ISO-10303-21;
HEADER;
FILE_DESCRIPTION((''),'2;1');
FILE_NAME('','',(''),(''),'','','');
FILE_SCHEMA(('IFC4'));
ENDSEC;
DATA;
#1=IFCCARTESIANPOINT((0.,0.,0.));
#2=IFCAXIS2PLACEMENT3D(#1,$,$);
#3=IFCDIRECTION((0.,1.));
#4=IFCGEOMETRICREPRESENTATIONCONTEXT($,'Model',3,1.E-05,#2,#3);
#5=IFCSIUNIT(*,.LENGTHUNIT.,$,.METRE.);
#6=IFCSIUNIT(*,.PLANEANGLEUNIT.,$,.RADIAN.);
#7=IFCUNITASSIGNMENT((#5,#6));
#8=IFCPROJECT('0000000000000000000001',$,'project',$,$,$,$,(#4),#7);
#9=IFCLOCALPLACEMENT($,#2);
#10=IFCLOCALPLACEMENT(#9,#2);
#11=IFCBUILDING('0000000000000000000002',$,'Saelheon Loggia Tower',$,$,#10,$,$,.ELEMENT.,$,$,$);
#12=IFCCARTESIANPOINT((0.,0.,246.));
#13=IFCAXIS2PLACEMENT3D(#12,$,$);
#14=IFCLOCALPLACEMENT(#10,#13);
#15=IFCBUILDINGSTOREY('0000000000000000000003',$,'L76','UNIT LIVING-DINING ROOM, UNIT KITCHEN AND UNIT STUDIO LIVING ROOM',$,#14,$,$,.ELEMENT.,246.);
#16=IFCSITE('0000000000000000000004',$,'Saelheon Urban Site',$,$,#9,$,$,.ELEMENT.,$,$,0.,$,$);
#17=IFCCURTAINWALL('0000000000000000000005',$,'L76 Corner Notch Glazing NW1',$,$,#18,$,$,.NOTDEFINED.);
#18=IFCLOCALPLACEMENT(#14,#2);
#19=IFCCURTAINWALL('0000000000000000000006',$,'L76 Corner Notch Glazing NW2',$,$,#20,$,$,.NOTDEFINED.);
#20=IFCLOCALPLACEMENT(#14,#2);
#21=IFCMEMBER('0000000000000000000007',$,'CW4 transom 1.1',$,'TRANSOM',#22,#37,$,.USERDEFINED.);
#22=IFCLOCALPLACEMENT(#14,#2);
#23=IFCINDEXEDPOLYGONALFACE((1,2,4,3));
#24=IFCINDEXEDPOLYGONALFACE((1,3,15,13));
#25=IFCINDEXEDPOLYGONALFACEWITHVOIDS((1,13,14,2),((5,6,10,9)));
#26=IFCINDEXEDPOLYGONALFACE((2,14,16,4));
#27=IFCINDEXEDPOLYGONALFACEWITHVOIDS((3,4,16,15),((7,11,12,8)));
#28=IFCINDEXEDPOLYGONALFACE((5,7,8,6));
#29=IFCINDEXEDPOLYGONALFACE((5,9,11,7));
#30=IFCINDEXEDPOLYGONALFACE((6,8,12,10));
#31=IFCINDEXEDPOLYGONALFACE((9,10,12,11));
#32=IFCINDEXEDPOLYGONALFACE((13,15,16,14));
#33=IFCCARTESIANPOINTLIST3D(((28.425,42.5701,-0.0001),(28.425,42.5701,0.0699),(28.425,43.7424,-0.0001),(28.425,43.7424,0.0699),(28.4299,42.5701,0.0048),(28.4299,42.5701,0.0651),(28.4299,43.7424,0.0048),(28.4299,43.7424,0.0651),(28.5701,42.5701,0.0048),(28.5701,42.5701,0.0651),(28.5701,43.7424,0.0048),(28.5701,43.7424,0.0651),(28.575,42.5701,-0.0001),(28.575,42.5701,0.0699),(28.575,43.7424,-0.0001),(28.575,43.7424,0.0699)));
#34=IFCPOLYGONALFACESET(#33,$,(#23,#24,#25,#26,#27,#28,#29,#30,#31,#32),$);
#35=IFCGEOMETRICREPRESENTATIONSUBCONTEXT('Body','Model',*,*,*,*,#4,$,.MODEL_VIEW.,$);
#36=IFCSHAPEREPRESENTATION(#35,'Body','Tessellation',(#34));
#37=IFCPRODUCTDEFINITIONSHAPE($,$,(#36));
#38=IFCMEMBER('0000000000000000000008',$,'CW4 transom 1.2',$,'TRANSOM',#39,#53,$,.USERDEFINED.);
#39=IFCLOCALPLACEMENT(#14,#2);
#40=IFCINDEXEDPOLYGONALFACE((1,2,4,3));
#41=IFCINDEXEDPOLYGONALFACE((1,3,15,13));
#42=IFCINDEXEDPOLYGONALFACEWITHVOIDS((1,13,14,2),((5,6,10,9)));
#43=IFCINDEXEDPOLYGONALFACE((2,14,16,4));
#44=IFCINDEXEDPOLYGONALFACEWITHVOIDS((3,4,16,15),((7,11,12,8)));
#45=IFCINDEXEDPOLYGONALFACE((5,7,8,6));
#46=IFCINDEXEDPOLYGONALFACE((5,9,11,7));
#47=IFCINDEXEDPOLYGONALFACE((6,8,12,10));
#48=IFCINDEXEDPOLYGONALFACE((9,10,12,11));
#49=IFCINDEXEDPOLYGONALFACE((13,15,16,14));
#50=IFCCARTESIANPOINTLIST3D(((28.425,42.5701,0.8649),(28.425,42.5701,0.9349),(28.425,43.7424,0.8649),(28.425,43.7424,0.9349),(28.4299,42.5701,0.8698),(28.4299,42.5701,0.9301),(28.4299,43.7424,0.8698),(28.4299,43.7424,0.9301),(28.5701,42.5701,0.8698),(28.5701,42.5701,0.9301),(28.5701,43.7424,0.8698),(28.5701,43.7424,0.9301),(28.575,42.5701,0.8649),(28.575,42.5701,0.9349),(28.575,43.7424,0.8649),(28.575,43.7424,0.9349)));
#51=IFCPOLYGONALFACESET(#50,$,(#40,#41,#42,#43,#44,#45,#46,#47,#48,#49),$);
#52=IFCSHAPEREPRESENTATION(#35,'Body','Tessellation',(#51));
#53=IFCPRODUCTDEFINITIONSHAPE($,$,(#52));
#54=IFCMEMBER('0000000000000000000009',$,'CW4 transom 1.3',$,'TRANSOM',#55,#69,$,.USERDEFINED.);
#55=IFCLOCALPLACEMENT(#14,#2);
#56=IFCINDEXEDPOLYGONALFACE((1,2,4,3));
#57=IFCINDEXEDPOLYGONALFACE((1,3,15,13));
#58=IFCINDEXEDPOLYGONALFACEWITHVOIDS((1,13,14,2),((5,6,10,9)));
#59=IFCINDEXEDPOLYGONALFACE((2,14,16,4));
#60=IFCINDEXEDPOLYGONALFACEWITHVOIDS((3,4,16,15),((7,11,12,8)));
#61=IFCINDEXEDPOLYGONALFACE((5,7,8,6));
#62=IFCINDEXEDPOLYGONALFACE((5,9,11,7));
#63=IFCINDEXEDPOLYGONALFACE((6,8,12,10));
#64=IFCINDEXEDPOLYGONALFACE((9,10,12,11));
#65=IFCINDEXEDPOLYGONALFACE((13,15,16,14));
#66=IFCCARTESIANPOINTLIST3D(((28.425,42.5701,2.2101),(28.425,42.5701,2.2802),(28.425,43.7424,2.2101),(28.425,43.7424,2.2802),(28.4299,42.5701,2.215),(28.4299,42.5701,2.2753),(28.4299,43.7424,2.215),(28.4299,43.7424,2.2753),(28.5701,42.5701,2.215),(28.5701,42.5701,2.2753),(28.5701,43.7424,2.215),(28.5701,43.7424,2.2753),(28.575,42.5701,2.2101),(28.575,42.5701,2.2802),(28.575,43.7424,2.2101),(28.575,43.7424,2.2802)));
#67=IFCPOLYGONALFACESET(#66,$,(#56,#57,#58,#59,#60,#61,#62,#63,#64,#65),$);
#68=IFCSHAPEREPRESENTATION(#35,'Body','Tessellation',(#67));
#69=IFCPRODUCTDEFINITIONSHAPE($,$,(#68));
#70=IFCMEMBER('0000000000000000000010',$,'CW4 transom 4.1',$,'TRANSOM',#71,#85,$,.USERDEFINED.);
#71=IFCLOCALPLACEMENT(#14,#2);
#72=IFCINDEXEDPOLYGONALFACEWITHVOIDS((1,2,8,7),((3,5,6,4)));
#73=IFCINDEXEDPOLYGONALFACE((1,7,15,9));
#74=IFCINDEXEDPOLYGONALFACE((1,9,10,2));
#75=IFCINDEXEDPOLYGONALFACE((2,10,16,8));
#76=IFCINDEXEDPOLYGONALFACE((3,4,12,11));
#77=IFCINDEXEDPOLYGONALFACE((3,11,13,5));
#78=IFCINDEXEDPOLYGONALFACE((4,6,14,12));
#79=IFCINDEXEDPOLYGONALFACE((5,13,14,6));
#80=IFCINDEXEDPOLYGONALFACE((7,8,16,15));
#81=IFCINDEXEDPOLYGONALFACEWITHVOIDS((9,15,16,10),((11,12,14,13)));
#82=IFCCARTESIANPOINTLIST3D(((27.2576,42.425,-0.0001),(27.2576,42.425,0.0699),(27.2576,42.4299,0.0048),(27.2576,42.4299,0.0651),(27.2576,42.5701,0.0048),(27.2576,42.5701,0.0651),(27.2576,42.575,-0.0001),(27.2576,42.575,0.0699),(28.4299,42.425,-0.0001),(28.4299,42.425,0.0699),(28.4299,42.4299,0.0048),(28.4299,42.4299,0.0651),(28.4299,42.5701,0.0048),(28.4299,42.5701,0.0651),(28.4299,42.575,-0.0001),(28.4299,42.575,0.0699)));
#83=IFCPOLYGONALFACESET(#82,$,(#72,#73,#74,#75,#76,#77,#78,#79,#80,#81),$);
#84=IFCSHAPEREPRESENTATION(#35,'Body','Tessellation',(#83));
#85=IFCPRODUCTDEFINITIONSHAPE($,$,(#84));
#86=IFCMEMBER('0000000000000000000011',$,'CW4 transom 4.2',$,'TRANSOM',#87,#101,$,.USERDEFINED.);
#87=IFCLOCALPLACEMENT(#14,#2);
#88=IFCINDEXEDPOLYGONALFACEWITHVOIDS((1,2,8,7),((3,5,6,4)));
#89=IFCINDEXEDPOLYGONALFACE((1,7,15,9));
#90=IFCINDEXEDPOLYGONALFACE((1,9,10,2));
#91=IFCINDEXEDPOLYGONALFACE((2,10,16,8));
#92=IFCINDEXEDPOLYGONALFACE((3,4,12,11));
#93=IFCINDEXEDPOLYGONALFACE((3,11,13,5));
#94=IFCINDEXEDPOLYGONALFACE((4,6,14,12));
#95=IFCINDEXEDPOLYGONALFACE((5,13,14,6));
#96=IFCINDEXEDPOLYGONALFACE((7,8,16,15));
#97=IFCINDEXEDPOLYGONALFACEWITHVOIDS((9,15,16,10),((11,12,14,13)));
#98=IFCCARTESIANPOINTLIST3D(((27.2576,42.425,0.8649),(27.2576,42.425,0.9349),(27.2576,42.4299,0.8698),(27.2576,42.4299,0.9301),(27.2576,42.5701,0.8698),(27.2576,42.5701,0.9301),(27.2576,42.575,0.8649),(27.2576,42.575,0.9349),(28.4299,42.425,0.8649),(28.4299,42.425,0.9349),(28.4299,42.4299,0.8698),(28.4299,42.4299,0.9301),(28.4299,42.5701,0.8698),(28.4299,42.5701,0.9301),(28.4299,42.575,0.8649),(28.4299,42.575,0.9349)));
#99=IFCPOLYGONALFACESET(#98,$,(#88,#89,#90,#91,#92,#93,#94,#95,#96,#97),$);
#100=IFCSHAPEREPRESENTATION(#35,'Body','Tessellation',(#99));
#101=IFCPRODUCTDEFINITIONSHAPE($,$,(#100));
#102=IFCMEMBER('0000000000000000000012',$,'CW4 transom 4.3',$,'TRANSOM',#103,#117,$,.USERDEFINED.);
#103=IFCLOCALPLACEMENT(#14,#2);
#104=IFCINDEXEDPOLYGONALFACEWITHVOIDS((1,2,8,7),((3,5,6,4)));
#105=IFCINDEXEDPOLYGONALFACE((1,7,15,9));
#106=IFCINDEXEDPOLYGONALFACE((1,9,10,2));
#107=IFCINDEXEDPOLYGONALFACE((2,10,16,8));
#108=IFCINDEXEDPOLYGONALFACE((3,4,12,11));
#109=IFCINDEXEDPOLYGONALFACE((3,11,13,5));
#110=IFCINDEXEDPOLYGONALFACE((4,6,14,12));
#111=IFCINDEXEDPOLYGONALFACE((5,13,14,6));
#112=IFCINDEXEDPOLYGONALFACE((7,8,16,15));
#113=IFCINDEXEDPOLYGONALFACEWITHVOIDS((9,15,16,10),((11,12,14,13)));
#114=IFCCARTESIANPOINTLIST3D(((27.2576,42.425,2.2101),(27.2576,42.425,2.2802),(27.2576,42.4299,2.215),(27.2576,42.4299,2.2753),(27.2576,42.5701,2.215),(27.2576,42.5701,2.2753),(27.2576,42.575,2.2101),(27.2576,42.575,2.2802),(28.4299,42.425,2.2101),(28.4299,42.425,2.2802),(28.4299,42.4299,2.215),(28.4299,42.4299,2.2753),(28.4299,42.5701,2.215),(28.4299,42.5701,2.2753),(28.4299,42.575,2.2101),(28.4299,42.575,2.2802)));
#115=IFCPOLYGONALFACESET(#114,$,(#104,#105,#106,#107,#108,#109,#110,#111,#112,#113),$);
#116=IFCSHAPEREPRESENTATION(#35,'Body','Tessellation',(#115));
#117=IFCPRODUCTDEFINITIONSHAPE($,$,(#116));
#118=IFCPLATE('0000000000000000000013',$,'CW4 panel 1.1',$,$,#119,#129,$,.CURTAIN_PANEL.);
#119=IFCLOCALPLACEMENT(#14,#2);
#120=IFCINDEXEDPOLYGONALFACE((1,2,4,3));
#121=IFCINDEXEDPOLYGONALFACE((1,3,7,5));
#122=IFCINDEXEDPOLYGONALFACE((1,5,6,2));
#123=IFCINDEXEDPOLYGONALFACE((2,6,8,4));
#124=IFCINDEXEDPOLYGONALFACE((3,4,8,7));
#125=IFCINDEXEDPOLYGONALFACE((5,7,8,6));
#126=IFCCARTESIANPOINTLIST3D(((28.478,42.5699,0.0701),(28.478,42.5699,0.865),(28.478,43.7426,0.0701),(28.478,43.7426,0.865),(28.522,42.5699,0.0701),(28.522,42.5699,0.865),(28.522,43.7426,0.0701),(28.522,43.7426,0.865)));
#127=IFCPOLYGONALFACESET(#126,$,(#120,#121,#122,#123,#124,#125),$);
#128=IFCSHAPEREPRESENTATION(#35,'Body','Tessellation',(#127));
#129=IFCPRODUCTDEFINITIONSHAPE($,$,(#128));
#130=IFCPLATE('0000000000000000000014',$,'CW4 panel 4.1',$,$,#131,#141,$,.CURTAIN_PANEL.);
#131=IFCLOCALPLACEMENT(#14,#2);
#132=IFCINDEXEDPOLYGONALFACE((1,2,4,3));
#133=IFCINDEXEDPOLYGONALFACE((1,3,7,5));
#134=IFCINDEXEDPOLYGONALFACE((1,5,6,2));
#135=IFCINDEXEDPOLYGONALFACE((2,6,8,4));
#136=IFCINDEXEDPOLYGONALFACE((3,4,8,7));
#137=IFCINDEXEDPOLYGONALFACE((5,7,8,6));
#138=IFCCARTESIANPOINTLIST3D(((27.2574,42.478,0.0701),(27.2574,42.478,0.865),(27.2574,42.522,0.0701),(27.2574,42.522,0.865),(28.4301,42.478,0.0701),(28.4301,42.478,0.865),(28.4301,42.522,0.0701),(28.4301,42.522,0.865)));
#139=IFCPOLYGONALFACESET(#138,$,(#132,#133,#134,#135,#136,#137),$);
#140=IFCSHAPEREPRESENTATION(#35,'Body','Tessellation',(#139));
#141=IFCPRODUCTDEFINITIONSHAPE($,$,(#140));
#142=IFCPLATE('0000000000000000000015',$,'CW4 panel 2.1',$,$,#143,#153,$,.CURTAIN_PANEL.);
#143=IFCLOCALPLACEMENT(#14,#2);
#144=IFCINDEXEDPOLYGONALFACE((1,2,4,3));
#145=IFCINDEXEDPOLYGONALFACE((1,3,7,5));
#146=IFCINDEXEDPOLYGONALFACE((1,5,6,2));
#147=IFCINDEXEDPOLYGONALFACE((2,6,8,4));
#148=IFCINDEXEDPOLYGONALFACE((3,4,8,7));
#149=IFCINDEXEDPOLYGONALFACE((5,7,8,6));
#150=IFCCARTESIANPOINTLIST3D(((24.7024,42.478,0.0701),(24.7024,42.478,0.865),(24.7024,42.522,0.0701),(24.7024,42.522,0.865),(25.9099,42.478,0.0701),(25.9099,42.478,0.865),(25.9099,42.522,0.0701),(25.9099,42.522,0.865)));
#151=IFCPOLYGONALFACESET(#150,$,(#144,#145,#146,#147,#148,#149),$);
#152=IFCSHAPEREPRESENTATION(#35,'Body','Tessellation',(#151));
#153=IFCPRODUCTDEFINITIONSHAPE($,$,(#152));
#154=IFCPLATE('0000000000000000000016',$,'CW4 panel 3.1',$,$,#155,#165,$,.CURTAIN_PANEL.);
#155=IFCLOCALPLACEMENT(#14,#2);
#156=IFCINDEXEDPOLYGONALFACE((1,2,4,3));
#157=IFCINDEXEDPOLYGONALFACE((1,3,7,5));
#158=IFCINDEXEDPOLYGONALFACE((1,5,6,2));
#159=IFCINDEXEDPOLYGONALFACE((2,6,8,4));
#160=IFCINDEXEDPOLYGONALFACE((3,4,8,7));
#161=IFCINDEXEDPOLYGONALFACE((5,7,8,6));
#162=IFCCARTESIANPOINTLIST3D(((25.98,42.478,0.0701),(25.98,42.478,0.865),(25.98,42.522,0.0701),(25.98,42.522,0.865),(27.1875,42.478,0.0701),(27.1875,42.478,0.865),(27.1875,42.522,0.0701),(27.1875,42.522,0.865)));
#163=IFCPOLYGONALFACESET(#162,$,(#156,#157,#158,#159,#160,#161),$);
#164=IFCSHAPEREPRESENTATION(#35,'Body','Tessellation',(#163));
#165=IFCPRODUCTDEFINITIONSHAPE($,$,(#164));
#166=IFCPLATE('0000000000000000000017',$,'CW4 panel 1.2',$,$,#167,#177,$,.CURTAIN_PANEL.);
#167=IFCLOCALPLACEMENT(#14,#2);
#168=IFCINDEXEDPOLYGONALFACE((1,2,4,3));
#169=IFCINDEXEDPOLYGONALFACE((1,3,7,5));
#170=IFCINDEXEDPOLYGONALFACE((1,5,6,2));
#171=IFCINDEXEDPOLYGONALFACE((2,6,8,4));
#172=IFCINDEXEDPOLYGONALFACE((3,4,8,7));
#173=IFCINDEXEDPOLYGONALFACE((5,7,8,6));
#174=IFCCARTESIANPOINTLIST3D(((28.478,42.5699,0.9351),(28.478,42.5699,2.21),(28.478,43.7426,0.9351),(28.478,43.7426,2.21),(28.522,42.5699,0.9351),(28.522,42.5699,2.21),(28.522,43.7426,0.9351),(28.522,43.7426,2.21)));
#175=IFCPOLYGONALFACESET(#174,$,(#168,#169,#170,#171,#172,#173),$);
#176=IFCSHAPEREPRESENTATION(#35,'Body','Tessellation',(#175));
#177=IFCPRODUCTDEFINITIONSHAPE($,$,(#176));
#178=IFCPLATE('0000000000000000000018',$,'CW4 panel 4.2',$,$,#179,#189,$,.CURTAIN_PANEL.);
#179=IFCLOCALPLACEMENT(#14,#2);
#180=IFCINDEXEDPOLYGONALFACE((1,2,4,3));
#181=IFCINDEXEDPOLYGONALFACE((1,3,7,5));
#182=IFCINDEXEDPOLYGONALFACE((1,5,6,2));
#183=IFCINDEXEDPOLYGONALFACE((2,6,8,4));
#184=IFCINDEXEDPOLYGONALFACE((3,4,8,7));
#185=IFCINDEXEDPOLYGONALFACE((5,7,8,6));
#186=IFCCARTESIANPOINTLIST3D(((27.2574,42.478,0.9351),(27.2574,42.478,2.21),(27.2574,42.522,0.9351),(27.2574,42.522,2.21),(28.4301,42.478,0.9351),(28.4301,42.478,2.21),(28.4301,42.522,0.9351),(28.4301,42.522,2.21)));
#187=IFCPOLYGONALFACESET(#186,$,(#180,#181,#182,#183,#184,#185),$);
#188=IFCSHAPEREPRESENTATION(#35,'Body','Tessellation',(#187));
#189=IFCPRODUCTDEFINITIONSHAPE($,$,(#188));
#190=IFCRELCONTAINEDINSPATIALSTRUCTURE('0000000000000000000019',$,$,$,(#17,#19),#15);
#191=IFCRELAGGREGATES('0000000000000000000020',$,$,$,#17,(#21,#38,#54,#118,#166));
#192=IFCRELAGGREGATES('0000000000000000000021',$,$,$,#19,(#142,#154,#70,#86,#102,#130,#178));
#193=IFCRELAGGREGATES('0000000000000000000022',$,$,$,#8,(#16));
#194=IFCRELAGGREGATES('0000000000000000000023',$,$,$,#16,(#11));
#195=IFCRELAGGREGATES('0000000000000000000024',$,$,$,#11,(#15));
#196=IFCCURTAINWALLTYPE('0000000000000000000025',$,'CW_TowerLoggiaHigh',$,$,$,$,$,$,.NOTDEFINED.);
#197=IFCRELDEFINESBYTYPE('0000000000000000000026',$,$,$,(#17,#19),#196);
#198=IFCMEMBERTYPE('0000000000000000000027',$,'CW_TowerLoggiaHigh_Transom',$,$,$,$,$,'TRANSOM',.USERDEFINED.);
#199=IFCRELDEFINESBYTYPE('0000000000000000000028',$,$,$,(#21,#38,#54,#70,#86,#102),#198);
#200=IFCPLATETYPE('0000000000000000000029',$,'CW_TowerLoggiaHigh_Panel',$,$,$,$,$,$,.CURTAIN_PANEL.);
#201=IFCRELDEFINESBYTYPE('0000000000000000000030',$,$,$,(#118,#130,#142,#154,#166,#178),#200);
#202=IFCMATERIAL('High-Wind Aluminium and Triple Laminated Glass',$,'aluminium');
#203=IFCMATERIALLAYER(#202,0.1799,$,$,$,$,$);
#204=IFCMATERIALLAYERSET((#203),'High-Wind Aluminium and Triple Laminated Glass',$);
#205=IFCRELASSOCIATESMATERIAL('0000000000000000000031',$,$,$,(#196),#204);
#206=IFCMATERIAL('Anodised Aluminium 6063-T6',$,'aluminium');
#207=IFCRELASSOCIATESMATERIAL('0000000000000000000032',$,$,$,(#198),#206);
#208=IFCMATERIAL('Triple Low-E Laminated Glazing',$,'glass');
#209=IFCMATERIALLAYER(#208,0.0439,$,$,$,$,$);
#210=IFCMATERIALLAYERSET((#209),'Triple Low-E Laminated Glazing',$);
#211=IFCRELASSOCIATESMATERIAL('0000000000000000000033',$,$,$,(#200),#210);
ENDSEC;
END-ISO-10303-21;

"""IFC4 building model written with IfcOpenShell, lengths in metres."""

from ifc_helpers import new_model, si_unit, direction, frame, origin, origin_2d, place, context, subcontext, project, spatial, rectangle, hollow_rectangle, extrude, source, transform, mapped, material, layer, layer_set, material_profile, profile_set, type_object, element, aggregate, save


model = new_model("IFC4")

# Units and contexts
model_context = context("Model", 3, precision=1e-05, world=origin(), true_north=direction((0.0, 1.0)))
body_context = subcontext(model_context, "Body", "Model", "MODEL_VIEW")
ifc_project = project(units=[si_unit("LENGTHUNIT", "METRE"), si_unit("PLANEANGLEUNIT", "RADIAN")], contexts=[model_context])

# Site, building, storey
site_placement = place(None, origin())
site = spatial("IfcSite", under=ifc_project, at=site_placement, Name="Saelheon Urban Site", CompositionType="ELEMENT", RefElevation=0.0)
building_placement = place(site_placement, origin())
building = spatial("IfcBuilding", under=site, at=building_placement, Name="Saelheon Loggia Tower", CompositionType="ELEMENT")
storey_placement = place(building_placement, frame((0.0, 0.0, 246.0)))
storey = spatial("IfcBuildingStorey", under=building, at=storey_placement, Name="L76", Description="UNIT LIVING-DINING ROOM, UNIT KITCHEN AND UNIT STUDIO LIVING ROOM", CompositionType="ELEMENT", Elevation=246.0)

# Curtain walls
ifc_material_1 = material(Name="High-Wind Aluminium and Triple Laminated Glass", Category="aluminium")
ifc_layer_1 = layer(ifc_material_1, 0.1799)
ifc_layer_set_1 = layer_set([ifc_layer_1], Name="High-Wind Aluminium and Triple Laminated Glass")
curtain_wall_type = type_object("IfcCurtainWallType", Name="CW_TowerLoggiaHigh", PredefinedType="NOTDEFINED", material=ifc_layer_set_1)
curtain_wall_1_placement = place(storey_placement, origin())
curtain_wall_1 = element("IfcCurtainWall", 1, at=curtain_wall_1_placement, inside=storey, type_object=curtain_wall_type, Name="L76 Corner Notch Glazing NW1", PredefinedType="NOTDEFINED")
ifc_material_2 = material(Name="Anodised Aluminium 6063-T6", Category="aluminium")
curtain_wall_2_placement = place(storey_placement, origin())
curtain_wall_2 = element("IfcCurtainWall", 2, at=curtain_wall_2_placement, inside=storey, type_object=curtain_wall_type, Name="L76 Corner Notch Glazing NW2", PredefinedType="NOTDEFINED")
ifc_material_profile_1 = material_profile(ifc_material_2, hollow_rectangle(XDim=0.0701, YDim=0.1499, WallThickness=0.0049, at=origin_2d()), Name="RHS-150x70x5")
ifc_profile_set_1 = profile_set([ifc_material_profile_1], Name="Anodised Aluminium 6063-T6")
member_type_1 = type_object("IfcMemberType", Name="CW_TowerLoggiaHigh_Transom", ElementType="TRANSOM", PredefinedType="USERDEFINED", material=ifc_profile_set_1)

# Members
shared_shape_1 = source(origin(), body_context, "Body", "SweptSolid", [
    extrude(hollow_rectangle(XDim=0.0701, YDim=0.1499, WallThickness=0.0049, at=origin_2d()), origin(), (0.0, 0.0, 1.0), 1.1724),
])
member_1_placement = place(storey_placement, frame((28.5, 42.5701, 0.0349), z_axis=(0.0, 1.0, 0.0), x_axis=(0.0, 0.0, 1.0)))
member_1 = element("IfcMember", 3, at=member_1_placement, type_object=member_type_1, Name="CW4 transom 1.1", ObjectType="TRANSOM", PredefinedType="USERDEFINED", context=body_context, shape_type="MappedRepresentation", body=[
    mapped(shared_shape_1, transform((0.0, 0.0, 0.0), scale=1.0)),
])
member_2_placement = place(storey_placement, frame((28.5, 42.5701, 0.8999), z_axis=(0.0, 1.0, 0.0), x_axis=(0.0, 0.0, 1.0)))
member_2 = element("IfcMember", 4, at=member_2_placement, type_object=member_type_1, Name="CW4 transom 1.2", ObjectType="TRANSOM", PredefinedType="USERDEFINED", context=body_context, shape_type="MappedRepresentation", body=[
    mapped(shared_shape_1, transform((0.0, 0.0, 0.0), scale=1.0)),
])
member_3_placement = place(storey_placement, frame((28.5, 42.5701, 2.2451), z_axis=(0.0, 1.0, 0.0), x_axis=(0.0, 0.0, 1.0)))
member_3 = element("IfcMember", 5, at=member_3_placement, type_object=member_type_1, Name="CW4 transom 1.3", ObjectType="TRANSOM", PredefinedType="USERDEFINED", context=body_context, shape_type="MappedRepresentation", body=[
    mapped(shared_shape_1, transform((0.0, 0.0, 0.0), scale=1.0)),
])
member_4_placement = place(storey_placement, frame((27.2576, 42.5, 0.0349), z_axis=(1.0, 0.0, 0.0), x_axis=(0.0, 0.0, 1.0)))
member_4 = element("IfcMember", 6, at=member_4_placement, type_object=member_type_1, Name="CW4 transom 4.1", ObjectType="TRANSOM", PredefinedType="USERDEFINED", context=body_context, shape_type="MappedRepresentation", body=[
    mapped(shared_shape_1, transform((0.0, 0.0, 0.0), scale=1.0)),
])
member_5_placement = place(storey_placement, frame((27.2576, 42.5, 0.8999), z_axis=(1.0, 0.0, 0.0), x_axis=(0.0, 0.0, 1.0)))
member_5 = element("IfcMember", 7, at=member_5_placement, type_object=member_type_1, Name="CW4 transom 4.2", ObjectType="TRANSOM", PredefinedType="USERDEFINED", context=body_context, shape_type="MappedRepresentation", body=[
    mapped(shared_shape_1, transform((0.0, 0.0, 0.0), scale=1.0)),
])
member_6_placement = place(storey_placement, frame((27.2576, 42.5, 2.2451), z_axis=(1.0, 0.0, 0.0), x_axis=(0.0, 0.0, 1.0)))
member_6 = element("IfcMember", 8, at=member_6_placement, type_object=member_type_1, Name="CW4 transom 4.3", ObjectType="TRANSOM", PredefinedType="USERDEFINED", context=body_context, shape_type="MappedRepresentation", body=[
    mapped(shared_shape_1, transform((0.0, 0.0, 0.0), scale=1.0)),
])

# Plates
ifc_material_3 = material(Name="Triple Low-E Laminated Glazing", Category="glass")
ifc_layer_2 = layer(ifc_material_3, 0.0439)
ifc_layer_set_2 = layer_set([ifc_layer_2], Name="Triple Low-E Laminated Glazing")
plate_type = type_object("IfcPlateType", Name="CW_TowerLoggiaHigh_Panel", PredefinedType="CURTAIN_PANEL", material=ifc_layer_set_2)
shared_shape_2 = source(origin(), body_context, "Body", "SweptSolid", [
    extrude(rectangle(XDim=1.1726, YDim=0.0439, at=origin_2d()), origin(), (0.0, 0.0, 1.0), 0.7949),
])
plate_1_placement = place(storey_placement, frame((28.5, 43.1562, 0.0701), z_axis=(0.0, 0.0, 1.0), x_axis=(0.0, 1.0, 0.0)))
plate_1 = element("IfcPlate", 9, at=plate_1_placement, type_object=plate_type, Name="CW4 panel 1.1", PredefinedType="CURTAIN_PANEL", context=body_context, shape_type="MappedRepresentation", body=[
    mapped(shared_shape_2, transform((0.0, 0.0, 0.0), scale=1.0)),
])
plate_2_placement = place(storey_placement, frame((27.8438, 42.5, 0.0701), z_axis=(0.0, 0.0, 1.0), x_axis=(1.0, 0.0, 0.0)))
plate_2 = element("IfcPlate", 10, at=plate_2_placement, type_object=plate_type, Name="CW4 panel 4.1", PredefinedType="CURTAIN_PANEL", context=body_context, shape_type="MappedRepresentation", body=[
    mapped(shared_shape_2, transform((0.0, 0.0, 0.0), scale=1.0)),
])
shared_shape_3 = source(origin(), body_context, "Body", "SweptSolid", [
    extrude(rectangle(XDim=1.2075, YDim=0.0439, at=origin_2d()), origin(), (0.0, 0.0, 1.0), 0.7949),
])
plate_3_placement = place(storey_placement, frame((25.3062, 42.5, 0.0701), z_axis=(0.0, 0.0, 1.0), x_axis=(1.0, 0.0, 0.0)))
plate_3 = element("IfcPlate", 11, at=plate_3_placement, type_object=plate_type, Name="CW4 panel 2.1", PredefinedType="CURTAIN_PANEL", context=body_context, shape_type="MappedRepresentation", body=[
    mapped(shared_shape_3, transform((0.0, 0.0, 0.0), scale=1.0)),
])
plate_4_placement = place(storey_placement, frame((26.5837, 42.5, 0.0701), z_axis=(0.0, 0.0, 1.0), x_axis=(1.0, 0.0, 0.0)))
plate_4 = element("IfcPlate", 12, at=plate_4_placement, type_object=plate_type, Name="CW4 panel 3.1", PredefinedType="CURTAIN_PANEL", context=body_context, shape_type="MappedRepresentation", body=[
    mapped(shared_shape_3, transform((0.0, 0.0, 0.0), scale=1.0)),
])
shared_shape_4 = source(origin(), body_context, "Body", "SweptSolid", [
    extrude(rectangle(XDim=1.1726, YDim=0.0439, at=origin_2d()), origin(), (0.0, 0.0, 1.0), 1.2749),
])
plate_5_placement = place(storey_placement, frame((28.5, 43.1562, 0.9351), z_axis=(0.0, 0.0, 1.0), x_axis=(0.0, 1.0, 0.0)))
plate_5 = element("IfcPlate", 13, at=plate_5_placement, type_object=plate_type, Name="CW4 panel 1.2", PredefinedType="CURTAIN_PANEL", context=body_context, shape_type="MappedRepresentation", body=[
    mapped(shared_shape_4, transform((0.0, 0.0, 0.0), scale=1.0)),
])
aggregate(curtain_wall_1, [member_1, member_2, member_3, plate_1, plate_5])
plate_6_placement = place(storey_placement, frame((27.8438, 42.5, 0.9351), z_axis=(0.0, 0.0, 1.0), x_axis=(1.0, 0.0, 0.0)))
plate_6 = element("IfcPlate", 14, at=plate_6_placement, type_object=plate_type, Name="CW4 panel 4.2", PredefinedType="CURTAIN_PANEL", context=body_context, shape_type="MappedRepresentation", body=[
    mapped(shared_shape_4, transform((0.0, 0.0, 0.0), scale=1.0)),
])
aggregate(curtain_wall_2, [plate_3, plate_4, member_4, member_5, member_6, plate_2, plate_6])

save(model, "model.ifc")
